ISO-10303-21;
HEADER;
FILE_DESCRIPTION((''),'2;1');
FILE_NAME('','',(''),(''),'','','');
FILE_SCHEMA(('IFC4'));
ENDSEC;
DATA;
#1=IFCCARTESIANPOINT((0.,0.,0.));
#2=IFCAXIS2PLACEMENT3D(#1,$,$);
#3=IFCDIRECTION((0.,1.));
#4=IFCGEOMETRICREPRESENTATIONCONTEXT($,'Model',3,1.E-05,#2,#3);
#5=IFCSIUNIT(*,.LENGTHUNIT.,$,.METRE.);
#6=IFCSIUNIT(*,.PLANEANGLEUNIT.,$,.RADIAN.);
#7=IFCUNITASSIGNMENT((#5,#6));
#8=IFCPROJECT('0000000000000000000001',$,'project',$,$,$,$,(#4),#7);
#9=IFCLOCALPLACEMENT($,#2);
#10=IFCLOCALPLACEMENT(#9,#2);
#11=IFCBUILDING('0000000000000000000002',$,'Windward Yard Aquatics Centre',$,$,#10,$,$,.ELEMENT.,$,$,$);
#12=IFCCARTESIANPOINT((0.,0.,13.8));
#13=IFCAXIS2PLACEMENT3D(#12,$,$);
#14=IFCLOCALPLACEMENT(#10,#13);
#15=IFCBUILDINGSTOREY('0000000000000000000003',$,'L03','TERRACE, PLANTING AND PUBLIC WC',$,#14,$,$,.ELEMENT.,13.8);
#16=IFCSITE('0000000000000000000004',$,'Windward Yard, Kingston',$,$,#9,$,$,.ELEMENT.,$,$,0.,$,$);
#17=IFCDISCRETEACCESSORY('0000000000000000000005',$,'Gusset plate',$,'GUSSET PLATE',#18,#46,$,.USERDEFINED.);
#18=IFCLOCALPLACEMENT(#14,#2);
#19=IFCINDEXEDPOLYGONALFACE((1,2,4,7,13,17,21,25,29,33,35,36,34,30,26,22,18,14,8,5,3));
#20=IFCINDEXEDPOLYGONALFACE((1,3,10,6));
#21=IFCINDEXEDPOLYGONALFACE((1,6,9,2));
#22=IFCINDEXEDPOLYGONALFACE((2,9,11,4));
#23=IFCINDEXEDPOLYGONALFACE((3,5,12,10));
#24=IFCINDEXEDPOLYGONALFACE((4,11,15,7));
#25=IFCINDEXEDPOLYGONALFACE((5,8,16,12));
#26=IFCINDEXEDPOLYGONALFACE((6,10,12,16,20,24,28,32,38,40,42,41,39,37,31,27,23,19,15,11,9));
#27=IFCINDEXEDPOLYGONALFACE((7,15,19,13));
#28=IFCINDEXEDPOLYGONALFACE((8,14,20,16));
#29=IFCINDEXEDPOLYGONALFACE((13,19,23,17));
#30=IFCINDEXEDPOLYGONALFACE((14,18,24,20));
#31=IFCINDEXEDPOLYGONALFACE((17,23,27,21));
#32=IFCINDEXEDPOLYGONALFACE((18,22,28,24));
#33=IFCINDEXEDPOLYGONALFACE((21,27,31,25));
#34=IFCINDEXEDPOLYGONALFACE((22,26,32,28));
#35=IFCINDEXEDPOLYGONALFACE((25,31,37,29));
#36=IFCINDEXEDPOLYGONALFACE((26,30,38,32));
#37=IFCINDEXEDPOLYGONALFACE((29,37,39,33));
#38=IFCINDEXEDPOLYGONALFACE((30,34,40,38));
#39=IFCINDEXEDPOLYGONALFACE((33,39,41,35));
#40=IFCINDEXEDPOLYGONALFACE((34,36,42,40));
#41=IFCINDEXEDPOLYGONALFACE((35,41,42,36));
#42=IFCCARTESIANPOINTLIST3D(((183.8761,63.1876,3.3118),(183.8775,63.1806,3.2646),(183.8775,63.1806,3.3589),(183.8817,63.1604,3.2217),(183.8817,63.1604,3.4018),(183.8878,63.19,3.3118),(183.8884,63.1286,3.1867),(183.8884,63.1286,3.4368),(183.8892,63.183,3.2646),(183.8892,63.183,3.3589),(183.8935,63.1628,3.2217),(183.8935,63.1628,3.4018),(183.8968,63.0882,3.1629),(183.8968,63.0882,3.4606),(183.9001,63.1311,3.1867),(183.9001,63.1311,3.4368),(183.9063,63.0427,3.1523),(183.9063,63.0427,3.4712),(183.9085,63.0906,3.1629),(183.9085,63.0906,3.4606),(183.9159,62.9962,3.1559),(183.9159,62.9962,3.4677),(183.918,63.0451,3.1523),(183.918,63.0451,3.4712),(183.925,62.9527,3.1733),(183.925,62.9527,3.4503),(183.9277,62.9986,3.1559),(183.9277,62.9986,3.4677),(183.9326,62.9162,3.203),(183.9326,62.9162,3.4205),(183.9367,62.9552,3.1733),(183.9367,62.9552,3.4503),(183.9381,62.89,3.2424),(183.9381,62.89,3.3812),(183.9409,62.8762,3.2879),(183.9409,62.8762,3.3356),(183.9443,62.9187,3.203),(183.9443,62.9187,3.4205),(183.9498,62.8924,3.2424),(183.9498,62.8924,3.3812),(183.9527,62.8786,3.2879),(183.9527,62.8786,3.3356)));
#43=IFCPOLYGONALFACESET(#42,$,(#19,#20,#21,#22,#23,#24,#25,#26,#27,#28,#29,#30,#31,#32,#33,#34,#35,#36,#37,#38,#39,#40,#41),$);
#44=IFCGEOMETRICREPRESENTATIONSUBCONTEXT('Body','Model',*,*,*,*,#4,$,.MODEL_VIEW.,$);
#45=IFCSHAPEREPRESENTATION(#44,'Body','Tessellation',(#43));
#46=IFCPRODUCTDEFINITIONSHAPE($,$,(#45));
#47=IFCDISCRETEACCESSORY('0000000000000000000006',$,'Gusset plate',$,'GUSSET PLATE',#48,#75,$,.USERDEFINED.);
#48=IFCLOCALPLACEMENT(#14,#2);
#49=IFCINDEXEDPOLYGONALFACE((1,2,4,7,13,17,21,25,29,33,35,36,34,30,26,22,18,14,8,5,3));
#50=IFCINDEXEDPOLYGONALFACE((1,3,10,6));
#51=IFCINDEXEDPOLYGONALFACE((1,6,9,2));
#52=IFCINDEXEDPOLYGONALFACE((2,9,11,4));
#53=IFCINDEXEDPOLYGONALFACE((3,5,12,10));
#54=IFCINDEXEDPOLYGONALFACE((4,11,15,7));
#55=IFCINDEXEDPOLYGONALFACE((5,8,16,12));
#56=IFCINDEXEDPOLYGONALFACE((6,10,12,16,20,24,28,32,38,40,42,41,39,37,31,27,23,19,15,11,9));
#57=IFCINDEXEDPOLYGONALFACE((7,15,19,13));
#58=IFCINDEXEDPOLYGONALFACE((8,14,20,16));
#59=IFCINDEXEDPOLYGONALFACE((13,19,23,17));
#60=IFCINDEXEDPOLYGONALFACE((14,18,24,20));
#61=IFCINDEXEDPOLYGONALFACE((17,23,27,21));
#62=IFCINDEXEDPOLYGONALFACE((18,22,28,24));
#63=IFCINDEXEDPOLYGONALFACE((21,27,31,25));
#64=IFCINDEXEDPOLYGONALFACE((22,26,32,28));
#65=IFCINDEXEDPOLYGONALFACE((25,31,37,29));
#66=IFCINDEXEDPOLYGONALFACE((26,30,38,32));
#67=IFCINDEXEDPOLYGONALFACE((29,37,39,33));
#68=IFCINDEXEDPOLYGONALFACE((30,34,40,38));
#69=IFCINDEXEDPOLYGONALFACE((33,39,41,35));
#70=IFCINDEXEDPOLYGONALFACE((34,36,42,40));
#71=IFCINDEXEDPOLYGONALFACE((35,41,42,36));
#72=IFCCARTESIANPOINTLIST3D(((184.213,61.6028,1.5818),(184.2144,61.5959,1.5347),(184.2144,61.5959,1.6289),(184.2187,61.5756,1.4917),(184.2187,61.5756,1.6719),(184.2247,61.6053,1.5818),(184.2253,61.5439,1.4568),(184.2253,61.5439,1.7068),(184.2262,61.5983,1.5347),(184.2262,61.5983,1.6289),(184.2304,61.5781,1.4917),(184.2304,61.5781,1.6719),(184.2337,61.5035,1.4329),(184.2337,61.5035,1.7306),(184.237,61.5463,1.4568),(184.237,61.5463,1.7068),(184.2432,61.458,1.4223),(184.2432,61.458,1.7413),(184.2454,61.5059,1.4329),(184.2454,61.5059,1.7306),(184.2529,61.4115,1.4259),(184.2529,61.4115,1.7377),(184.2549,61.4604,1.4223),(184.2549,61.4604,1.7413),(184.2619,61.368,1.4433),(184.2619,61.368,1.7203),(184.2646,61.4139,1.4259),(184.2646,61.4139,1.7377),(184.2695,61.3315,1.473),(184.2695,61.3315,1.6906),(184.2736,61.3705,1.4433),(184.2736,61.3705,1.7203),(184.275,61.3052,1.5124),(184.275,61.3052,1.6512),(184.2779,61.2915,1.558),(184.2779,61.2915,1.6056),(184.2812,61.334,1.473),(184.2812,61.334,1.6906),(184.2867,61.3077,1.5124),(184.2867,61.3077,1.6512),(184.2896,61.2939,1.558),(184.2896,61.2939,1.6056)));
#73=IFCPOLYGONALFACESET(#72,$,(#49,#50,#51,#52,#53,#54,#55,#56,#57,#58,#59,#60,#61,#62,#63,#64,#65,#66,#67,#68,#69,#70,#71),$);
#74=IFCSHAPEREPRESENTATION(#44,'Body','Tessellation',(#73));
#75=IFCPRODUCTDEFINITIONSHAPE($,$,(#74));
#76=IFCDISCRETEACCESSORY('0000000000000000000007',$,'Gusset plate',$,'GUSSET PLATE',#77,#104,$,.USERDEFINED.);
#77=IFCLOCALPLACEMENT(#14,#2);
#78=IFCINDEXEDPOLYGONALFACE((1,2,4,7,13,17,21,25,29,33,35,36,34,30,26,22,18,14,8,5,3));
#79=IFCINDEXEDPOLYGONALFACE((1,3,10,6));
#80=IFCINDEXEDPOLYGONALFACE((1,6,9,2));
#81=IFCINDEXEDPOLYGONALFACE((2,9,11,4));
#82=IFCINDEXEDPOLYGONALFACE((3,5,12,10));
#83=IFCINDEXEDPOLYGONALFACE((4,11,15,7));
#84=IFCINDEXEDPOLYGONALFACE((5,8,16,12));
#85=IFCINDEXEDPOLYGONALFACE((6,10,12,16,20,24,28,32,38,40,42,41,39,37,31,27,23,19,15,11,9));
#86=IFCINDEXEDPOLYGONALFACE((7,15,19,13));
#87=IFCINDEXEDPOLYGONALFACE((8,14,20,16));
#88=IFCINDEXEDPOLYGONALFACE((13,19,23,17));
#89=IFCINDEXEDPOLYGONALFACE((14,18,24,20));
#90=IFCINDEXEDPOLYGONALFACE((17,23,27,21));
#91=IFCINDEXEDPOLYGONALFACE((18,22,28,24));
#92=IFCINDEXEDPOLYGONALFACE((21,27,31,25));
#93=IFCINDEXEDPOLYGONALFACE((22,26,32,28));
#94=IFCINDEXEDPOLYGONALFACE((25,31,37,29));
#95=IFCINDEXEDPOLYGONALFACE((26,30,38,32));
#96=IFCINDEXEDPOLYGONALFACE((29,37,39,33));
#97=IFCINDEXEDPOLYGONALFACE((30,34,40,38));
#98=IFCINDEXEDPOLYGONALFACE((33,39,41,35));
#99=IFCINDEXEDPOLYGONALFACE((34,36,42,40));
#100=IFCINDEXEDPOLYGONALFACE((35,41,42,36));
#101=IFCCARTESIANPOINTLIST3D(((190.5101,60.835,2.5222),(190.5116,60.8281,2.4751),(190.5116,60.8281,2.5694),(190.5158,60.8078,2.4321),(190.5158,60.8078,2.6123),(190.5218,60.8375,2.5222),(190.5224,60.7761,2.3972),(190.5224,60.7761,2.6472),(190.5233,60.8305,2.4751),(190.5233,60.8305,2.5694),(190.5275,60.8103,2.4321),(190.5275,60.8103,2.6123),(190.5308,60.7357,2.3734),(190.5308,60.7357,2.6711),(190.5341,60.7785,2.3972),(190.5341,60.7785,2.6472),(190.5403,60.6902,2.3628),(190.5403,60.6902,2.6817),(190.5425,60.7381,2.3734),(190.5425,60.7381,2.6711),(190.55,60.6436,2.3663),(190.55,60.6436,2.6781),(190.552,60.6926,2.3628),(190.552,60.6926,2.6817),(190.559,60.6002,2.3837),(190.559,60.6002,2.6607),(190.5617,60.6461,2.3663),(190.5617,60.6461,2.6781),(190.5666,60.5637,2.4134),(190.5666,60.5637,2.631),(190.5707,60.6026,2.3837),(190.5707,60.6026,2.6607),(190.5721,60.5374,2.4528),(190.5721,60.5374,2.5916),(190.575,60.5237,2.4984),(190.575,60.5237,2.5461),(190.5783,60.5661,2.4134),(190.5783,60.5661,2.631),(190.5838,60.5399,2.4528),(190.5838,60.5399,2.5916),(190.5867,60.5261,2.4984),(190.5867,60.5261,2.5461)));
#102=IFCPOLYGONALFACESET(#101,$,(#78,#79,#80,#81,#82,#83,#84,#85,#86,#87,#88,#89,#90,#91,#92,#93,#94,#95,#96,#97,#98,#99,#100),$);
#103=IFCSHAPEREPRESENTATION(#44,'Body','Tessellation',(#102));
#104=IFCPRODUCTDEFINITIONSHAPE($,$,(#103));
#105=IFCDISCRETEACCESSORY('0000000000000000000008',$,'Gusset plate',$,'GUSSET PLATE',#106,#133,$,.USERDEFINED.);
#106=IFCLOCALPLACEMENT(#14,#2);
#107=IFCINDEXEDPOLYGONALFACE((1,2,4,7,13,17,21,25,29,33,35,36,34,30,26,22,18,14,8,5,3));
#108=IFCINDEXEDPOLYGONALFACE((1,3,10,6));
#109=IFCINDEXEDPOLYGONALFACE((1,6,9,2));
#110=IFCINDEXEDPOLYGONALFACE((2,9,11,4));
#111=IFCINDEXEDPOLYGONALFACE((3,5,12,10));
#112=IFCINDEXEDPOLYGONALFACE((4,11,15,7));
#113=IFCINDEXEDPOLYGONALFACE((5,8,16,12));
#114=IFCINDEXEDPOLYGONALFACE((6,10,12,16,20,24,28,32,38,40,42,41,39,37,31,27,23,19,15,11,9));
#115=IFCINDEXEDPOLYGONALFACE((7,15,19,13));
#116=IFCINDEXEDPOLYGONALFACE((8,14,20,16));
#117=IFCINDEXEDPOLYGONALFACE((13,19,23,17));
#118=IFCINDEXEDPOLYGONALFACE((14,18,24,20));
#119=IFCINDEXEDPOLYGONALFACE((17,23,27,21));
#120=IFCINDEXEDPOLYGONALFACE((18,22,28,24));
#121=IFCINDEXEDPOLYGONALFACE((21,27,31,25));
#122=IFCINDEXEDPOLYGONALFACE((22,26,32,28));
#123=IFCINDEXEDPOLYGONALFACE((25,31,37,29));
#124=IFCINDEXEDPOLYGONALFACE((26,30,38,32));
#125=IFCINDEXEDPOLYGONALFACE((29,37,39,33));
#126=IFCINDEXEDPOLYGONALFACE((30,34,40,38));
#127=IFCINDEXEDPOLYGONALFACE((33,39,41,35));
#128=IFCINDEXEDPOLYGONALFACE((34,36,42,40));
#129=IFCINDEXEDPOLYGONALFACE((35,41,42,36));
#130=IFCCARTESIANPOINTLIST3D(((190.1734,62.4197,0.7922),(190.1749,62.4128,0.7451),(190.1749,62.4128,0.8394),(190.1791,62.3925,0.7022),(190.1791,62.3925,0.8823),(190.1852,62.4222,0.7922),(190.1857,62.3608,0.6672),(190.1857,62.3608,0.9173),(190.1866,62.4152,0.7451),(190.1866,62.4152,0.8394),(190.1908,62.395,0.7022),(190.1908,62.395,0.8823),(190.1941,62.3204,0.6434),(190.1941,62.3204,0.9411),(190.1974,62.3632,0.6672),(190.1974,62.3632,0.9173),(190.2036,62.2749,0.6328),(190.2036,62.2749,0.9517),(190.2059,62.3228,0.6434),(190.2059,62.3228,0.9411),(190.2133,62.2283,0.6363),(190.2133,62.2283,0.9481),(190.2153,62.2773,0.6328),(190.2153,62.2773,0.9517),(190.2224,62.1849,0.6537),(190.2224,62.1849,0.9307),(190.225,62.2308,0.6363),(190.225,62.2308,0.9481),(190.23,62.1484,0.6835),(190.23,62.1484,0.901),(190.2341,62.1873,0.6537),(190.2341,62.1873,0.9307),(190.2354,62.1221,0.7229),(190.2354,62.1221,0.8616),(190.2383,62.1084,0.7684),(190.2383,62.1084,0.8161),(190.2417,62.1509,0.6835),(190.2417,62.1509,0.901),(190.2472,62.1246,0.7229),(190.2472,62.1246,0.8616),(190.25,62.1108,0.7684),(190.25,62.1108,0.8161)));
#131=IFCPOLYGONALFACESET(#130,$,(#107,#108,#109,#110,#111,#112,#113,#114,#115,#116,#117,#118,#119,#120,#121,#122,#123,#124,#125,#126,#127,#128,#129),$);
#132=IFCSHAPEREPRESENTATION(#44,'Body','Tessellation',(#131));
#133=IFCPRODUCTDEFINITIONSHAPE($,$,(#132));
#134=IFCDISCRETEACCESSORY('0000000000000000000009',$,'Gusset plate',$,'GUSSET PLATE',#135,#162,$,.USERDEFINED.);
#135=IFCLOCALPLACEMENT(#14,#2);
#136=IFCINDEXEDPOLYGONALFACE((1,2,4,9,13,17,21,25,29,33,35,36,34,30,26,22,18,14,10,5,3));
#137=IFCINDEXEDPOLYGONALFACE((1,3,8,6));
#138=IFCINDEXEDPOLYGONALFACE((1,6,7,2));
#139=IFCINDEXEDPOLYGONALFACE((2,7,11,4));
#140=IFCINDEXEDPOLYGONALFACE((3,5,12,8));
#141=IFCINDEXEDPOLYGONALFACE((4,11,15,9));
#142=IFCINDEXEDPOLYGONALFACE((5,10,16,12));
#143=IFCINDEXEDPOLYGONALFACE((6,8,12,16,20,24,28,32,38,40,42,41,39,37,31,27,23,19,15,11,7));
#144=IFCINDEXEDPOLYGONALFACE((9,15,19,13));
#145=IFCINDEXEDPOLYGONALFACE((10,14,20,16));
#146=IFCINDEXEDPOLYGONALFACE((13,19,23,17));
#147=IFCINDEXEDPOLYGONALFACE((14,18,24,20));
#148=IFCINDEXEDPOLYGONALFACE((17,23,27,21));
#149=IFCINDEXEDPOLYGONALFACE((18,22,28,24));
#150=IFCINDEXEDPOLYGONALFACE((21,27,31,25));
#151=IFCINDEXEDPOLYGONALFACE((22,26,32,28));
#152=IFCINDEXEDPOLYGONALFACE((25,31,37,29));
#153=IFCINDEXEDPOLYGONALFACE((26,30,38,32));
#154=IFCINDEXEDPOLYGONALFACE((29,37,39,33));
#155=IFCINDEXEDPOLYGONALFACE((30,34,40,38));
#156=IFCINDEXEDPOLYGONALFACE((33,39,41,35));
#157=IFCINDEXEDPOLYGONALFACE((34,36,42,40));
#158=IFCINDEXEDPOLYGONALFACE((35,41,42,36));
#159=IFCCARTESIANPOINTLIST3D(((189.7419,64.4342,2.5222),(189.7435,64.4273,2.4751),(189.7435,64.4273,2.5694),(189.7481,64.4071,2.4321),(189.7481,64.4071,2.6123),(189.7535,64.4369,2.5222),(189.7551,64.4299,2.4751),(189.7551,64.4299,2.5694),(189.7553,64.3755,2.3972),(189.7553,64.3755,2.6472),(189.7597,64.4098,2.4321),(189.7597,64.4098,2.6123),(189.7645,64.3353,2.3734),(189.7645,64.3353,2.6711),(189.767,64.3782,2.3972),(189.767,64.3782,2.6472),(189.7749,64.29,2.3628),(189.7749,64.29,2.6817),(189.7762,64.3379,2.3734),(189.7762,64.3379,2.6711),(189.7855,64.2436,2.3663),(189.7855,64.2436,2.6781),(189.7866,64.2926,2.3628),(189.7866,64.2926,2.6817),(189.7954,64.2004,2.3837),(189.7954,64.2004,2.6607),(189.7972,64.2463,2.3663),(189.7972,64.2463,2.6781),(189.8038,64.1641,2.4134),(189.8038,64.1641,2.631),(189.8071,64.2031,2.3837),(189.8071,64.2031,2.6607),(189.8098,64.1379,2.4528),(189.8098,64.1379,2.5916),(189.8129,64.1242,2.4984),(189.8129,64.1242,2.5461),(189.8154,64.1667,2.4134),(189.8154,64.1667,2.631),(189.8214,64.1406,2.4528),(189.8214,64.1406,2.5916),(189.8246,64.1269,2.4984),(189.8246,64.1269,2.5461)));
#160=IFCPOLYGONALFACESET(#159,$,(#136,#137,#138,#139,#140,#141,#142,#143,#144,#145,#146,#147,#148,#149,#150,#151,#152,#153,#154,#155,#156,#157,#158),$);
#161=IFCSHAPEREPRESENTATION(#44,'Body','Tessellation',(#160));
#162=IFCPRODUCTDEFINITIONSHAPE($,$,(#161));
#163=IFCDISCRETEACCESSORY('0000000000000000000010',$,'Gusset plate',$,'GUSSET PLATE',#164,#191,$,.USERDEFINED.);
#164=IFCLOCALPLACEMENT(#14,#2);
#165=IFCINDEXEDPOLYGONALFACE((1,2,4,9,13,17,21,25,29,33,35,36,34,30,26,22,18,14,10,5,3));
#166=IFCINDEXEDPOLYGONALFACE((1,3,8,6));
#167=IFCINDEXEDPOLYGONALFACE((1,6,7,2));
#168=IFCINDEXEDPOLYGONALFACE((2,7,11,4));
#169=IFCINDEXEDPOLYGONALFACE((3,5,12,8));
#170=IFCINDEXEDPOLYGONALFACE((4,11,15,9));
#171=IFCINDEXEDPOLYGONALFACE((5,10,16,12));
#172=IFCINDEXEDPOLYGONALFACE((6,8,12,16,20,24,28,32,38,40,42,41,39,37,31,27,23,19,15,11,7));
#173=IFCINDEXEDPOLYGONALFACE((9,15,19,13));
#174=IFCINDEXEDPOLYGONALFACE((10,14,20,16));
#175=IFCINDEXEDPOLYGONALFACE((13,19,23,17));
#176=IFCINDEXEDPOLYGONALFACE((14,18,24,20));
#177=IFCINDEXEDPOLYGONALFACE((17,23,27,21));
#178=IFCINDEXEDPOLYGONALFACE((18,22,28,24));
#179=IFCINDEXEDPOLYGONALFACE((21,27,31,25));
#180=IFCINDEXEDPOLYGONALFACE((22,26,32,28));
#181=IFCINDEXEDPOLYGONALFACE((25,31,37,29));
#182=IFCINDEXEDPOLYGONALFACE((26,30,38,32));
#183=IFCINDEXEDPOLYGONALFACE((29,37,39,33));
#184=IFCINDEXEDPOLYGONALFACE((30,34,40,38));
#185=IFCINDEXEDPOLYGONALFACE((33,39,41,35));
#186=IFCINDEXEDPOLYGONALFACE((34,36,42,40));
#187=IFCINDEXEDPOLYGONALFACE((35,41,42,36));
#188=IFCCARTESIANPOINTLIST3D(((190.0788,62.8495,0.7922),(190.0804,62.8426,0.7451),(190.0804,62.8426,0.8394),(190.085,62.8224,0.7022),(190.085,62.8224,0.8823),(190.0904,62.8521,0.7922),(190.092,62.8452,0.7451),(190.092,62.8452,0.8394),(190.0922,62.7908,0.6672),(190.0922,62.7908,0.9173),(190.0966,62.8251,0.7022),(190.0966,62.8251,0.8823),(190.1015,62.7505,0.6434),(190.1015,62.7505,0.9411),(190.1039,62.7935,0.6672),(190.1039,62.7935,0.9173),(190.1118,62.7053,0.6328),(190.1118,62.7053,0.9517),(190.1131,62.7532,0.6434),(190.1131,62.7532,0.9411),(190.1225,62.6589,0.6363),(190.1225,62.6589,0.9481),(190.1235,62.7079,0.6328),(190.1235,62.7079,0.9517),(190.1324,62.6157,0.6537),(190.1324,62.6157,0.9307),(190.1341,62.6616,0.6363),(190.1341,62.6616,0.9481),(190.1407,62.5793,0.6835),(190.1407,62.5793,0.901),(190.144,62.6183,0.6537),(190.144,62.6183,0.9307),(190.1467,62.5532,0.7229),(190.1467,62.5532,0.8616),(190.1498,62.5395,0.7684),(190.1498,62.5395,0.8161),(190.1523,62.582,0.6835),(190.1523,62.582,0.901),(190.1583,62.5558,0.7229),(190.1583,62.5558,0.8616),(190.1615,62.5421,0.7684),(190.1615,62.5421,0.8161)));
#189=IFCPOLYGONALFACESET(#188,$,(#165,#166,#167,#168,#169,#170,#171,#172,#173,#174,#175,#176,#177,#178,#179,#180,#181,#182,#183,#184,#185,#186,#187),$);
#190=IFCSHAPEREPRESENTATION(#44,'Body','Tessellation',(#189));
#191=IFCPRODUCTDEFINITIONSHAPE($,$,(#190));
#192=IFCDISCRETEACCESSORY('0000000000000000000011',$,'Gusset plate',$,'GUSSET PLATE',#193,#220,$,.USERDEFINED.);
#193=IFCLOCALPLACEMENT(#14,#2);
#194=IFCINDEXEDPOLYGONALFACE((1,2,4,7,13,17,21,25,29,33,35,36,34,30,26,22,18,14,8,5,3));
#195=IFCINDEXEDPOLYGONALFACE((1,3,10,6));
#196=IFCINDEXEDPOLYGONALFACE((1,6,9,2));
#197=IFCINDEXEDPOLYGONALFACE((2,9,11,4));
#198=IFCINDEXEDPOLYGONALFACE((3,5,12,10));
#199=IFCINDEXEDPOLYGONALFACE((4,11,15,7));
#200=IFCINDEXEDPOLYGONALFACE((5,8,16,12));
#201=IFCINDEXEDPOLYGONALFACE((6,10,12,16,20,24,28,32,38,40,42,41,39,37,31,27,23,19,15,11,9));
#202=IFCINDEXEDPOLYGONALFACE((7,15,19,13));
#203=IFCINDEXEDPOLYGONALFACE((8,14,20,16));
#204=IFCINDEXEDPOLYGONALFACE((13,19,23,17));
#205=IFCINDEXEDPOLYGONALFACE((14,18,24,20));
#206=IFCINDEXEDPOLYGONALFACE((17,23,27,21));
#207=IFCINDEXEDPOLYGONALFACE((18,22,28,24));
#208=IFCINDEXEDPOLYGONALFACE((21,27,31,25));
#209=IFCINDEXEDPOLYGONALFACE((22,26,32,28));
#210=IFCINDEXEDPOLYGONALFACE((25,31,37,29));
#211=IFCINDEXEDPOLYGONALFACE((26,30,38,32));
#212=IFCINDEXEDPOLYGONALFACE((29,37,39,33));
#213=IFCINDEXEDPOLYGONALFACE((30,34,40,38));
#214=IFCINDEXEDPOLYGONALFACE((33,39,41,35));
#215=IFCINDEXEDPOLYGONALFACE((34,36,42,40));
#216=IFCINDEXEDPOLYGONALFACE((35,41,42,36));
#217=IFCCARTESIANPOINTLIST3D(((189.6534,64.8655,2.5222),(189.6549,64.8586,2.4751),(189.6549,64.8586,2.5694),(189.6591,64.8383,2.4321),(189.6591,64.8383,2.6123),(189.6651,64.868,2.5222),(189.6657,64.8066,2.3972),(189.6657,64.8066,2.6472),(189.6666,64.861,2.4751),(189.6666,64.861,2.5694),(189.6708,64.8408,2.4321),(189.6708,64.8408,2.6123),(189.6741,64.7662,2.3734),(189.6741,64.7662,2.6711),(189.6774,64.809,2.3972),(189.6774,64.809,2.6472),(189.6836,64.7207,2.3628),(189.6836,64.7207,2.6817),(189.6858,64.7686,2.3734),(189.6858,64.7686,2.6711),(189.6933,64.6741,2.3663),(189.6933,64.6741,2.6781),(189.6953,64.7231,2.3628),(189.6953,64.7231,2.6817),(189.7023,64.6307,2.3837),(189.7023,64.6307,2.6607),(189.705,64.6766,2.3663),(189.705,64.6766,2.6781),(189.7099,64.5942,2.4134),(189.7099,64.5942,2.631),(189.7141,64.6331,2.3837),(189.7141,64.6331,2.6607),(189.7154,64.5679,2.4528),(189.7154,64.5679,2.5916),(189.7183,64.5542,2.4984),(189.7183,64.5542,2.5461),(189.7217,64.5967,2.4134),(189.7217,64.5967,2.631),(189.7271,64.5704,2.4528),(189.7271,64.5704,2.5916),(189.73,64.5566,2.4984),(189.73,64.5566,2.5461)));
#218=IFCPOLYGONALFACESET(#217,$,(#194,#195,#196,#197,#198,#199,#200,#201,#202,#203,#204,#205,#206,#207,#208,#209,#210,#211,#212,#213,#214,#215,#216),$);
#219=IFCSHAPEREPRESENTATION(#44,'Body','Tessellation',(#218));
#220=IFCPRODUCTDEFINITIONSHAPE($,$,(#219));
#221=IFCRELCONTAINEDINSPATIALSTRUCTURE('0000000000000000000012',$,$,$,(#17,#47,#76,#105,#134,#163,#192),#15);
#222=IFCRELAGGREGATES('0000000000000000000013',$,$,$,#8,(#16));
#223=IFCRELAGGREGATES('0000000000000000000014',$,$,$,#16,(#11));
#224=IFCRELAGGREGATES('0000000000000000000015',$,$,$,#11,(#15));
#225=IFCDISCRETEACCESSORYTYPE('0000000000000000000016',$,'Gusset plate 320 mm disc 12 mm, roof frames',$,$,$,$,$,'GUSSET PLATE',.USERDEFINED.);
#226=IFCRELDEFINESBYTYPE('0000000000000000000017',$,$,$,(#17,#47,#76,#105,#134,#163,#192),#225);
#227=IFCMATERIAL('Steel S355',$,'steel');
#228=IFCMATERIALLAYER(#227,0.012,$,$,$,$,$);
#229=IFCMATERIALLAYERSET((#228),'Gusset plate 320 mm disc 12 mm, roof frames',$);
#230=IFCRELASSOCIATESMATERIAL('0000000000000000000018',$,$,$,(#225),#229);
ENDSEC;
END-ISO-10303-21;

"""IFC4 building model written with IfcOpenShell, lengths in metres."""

from ifc_helpers import new_model, si_unit, direction, frame, origin, origin_2d, place, context, subcontext, project, spatial, circle, extrude, material, layer, layer_set, type_object, element, save


model = new_model("IFC4")

# Units and contexts
model_context = context("Model", 3, precision=1e-05, world=origin(), true_north=direction((0.0, 1.0)))
body_context = subcontext(model_context, "Body", "Model", "MODEL_VIEW")
ifc_project = project(units=[si_unit("LENGTHUNIT", "METRE"), si_unit("PLANEANGLEUNIT", "RADIAN")], contexts=[model_context])

# Site, building, storey
site_placement = place(None, origin())
site = spatial("IfcSite", under=ifc_project, at=site_placement, Name="Windward Yard, Kingston", CompositionType="ELEMENT", RefElevation=0.0)
building_placement = place(site_placement, origin())
building = spatial("IfcBuilding", under=site, at=building_placement, Name="Windward Yard Aquatics Centre", CompositionType="ELEMENT")
storey_placement = place(building_placement, frame((0.0, 0.0, 13.8)))
storey = spatial("IfcBuildingStorey", under=building, at=storey_placement, Name="L03", Description="TERRACE, PLANTING AND PUBLIC WC", CompositionType="ELEMENT", Elevation=13.8)

# Discrete accessories
ifc_material_1 = material(Name="Steel S355", Category="steel")
ifc_layer = layer(ifc_material_1, 0.012)
ifc_layer_set = layer_set([ifc_layer], Name="Gusset plate 320 mm disc 12 mm, roof frames")
discrete_accessory_type = type_object("IfcDiscreteAccessoryType", Name="Gusset plate 320 mm disc 12 mm, roof frames", ElementType="GUSSET PLATE", PredefinedType="USERDEFINED", material=ifc_layer_set)
for number, where, z_axis, x_axis, name in (
    (1, (183.9087, 63.031, 3.3118), (0.97898, 0.203954, 0.0), (-0.203954, 0.97898, 0.0), "Gusset plate"),
    (2, (184.2456, 61.4463, 1.5818), (0.97898, 0.203954, 0.0), (-0.203954, 0.97898, 0.0), "Gusset plate"),
    (3, (190.5427, 60.6785, 2.5222), (0.97898, 0.203954, 0.0), (-0.203954, 0.97898, 0.0), "Gusset plate"),
    (4, (190.2061, 62.2632, 0.7922), (0.97898, 0.203954, 0.0), (-0.203954, 0.97898, 0.0), "Gusset plate"),
    (5, (189.7776, 64.2783, 2.5222), (0.974732, 0.223376, 0.0), (-0.223376, 0.974732, 0.0), "Gusset plate"),
    (6, (190.1145, 62.6936, 0.7922), (0.974732, 0.223376, 0.0), (-0.223376, 0.974732, 0.0), "Gusset plate"),
    (7, (189.686, 64.709, 2.5222), (0.97898, 0.203954, 0.0), (-0.203954, 0.97898, 0.0), "Gusset plate"),
):
    element("IfcDiscreteAccessory", number, at=place(storey_placement, frame(where, z_axis=z_axis, x_axis=x_axis)), inside=storey, type_object=discrete_accessory_type, Name=name, ObjectType="GUSSET PLATE", PredefinedType="USERDEFINED", context=body_context, shape_type="SweptSolid", body=[
        extrude(circle(Radius=0.1599, at=origin_2d()), origin(), (0.0, 0.0, 1.0), 0.012),
    ])

save(model, "model.ifc")
